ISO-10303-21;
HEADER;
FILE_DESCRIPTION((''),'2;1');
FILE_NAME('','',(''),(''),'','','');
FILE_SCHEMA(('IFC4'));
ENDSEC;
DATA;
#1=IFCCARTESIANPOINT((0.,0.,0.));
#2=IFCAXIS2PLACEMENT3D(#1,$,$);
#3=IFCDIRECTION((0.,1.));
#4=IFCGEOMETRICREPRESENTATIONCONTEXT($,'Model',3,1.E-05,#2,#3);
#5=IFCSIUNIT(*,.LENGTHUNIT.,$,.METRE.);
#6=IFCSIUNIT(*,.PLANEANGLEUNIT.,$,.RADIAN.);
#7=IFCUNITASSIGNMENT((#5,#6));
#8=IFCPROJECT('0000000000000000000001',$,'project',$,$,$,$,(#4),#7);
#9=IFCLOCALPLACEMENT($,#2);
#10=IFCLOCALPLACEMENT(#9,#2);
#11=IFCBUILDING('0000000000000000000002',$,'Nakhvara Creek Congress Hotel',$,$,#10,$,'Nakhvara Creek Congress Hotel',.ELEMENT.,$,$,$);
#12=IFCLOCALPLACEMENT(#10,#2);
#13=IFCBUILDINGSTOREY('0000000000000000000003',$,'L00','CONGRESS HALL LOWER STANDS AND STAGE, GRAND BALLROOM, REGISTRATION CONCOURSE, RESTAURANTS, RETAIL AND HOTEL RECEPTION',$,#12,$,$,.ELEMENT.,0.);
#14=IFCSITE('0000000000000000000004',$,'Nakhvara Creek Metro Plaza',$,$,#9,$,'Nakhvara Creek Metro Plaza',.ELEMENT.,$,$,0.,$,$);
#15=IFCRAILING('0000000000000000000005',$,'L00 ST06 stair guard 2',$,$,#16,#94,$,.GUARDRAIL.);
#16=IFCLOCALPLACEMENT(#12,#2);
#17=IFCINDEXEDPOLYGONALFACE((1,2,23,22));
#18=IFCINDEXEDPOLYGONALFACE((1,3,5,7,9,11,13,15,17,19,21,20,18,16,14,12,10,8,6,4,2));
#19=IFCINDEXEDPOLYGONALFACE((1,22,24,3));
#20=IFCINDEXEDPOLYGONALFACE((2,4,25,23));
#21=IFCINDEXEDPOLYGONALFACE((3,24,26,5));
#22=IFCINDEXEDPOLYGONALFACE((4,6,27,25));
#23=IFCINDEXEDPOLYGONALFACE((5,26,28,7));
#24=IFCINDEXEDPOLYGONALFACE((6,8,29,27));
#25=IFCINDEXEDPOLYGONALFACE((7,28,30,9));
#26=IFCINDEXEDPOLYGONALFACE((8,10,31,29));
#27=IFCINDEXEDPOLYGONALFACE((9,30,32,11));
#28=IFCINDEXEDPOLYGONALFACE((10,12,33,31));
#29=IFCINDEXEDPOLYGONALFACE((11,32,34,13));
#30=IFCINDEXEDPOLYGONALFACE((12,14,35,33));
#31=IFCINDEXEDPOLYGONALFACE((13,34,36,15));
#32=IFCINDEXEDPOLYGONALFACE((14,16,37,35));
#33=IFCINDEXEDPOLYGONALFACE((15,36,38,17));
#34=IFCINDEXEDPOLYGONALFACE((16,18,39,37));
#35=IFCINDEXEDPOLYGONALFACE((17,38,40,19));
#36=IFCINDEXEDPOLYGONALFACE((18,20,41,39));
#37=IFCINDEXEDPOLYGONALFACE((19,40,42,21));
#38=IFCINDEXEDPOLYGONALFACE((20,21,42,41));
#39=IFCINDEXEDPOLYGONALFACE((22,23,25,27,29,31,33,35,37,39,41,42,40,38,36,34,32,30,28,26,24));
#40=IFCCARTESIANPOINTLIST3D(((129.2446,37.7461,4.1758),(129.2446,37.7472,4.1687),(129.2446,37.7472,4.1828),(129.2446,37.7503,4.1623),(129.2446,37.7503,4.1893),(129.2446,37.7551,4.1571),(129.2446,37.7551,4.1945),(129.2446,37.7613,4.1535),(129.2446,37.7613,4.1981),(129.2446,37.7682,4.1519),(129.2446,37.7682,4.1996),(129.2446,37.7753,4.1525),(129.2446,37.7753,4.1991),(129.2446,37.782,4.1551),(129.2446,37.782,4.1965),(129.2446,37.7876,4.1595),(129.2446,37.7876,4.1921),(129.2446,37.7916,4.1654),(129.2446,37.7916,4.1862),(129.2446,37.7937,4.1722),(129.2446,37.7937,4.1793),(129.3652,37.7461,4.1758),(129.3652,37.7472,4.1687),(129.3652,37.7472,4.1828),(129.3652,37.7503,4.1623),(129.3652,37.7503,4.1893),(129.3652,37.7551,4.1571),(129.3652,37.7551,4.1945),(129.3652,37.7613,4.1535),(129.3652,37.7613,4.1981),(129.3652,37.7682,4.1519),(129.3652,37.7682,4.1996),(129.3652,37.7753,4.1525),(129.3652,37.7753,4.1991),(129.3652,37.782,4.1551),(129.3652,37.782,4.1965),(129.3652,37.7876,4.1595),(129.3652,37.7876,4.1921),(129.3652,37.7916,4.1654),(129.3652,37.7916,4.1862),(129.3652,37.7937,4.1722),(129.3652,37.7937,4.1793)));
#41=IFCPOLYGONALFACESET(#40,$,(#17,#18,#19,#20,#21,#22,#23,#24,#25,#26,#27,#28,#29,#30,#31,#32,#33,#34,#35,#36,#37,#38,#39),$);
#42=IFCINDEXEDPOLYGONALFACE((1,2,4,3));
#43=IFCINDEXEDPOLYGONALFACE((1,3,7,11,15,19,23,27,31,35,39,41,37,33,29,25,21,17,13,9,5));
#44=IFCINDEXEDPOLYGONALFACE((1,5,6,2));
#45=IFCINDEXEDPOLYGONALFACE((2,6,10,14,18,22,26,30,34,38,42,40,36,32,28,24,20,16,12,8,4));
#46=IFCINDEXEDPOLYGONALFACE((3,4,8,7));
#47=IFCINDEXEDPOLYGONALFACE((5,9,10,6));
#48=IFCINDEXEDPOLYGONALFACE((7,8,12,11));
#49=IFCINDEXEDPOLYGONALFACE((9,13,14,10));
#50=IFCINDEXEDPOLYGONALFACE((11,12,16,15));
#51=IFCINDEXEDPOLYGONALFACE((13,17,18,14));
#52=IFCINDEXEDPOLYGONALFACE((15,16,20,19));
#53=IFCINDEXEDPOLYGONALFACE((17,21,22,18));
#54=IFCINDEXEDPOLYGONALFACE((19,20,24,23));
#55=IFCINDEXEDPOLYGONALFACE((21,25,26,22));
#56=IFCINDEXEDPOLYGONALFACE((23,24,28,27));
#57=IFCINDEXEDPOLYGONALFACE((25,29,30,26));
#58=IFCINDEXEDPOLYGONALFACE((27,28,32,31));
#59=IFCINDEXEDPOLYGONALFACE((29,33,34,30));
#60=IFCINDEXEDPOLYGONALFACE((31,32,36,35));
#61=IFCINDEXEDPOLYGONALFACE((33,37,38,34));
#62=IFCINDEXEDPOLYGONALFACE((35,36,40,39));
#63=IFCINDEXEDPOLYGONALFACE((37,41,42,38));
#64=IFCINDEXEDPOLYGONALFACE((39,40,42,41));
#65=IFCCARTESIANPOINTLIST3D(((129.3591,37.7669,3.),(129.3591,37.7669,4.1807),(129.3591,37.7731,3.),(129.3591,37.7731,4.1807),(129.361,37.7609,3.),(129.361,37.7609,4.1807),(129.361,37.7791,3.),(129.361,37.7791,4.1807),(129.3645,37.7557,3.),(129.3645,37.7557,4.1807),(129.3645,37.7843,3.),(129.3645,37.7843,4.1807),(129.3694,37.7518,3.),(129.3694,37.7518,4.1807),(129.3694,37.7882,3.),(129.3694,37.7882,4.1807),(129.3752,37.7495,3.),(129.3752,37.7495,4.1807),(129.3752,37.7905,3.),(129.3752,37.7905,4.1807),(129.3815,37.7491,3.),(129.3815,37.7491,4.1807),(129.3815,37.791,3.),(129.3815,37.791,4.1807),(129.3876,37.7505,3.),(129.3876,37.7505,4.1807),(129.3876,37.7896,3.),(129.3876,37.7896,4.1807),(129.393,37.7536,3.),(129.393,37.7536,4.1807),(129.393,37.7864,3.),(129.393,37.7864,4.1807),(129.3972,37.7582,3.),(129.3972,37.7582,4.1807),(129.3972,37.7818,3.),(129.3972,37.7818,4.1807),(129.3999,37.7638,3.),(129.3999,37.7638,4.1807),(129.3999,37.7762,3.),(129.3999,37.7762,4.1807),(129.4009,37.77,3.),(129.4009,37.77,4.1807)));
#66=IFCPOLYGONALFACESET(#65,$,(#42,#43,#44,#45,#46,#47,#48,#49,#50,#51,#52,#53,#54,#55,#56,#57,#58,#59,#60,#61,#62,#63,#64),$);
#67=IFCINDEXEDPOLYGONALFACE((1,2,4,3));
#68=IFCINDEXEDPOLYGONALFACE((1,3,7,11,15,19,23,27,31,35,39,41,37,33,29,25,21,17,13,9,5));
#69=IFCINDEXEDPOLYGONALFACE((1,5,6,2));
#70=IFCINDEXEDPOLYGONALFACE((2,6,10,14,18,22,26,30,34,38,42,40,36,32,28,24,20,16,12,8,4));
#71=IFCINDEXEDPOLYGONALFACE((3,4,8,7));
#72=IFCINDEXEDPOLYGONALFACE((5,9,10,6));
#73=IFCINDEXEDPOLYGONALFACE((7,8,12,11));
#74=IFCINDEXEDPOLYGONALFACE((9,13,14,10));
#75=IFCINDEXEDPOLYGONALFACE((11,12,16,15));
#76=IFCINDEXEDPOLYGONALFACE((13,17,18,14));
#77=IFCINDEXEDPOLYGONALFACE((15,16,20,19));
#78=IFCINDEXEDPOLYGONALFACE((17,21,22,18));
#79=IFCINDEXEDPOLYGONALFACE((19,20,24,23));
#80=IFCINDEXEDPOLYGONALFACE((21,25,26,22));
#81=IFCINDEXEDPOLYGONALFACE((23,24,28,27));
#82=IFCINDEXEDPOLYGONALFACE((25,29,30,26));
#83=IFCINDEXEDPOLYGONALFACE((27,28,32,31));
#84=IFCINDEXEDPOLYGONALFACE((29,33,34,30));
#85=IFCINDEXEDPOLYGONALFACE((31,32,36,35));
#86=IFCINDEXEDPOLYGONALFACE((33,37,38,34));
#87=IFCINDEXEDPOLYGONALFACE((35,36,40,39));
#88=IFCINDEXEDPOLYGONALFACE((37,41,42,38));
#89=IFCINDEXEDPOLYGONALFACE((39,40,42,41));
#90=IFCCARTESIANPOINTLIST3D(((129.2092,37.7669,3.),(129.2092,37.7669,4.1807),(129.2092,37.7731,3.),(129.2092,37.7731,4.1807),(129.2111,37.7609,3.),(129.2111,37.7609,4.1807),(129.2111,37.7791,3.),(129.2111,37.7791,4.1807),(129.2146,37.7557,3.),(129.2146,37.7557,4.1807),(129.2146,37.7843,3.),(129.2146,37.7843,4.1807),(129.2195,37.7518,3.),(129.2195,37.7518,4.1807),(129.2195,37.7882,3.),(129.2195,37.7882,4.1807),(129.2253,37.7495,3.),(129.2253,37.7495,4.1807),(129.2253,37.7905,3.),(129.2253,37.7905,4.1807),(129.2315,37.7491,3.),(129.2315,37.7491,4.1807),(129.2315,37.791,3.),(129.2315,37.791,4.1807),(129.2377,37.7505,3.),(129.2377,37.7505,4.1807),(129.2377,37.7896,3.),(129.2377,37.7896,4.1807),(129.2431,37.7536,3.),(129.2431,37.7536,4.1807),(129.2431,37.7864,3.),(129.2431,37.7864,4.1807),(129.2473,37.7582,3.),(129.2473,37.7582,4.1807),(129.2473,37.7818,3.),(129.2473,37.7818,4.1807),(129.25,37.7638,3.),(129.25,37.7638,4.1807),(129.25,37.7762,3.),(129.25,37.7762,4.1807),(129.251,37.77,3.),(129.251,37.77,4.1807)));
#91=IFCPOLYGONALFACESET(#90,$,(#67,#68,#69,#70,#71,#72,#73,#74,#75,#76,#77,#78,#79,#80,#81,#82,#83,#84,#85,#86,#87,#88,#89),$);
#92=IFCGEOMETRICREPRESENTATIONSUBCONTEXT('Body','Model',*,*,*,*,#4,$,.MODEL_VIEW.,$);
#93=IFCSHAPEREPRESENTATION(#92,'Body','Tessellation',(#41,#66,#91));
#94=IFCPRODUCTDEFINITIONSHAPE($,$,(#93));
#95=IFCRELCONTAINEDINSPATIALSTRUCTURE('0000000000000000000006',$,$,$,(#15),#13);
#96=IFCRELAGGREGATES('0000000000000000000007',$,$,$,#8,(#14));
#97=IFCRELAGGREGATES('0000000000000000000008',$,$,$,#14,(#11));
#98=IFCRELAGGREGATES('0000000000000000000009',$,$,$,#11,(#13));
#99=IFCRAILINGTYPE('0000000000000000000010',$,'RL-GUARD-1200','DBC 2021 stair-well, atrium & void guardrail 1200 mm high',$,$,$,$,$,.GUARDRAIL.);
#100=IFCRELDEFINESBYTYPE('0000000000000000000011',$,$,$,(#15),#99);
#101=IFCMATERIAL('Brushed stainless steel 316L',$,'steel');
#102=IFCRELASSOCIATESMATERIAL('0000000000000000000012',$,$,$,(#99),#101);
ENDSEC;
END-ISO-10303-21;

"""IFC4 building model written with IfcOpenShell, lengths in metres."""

from ifc_helpers import new_model, si_unit, direction, frame, origin, origin_2d, place, context, subcontext, project, spatial, circle, extrude, material, type_object, element, save


model = new_model("IFC4")

# Units and contexts
model_context = context("Model", 3, precision=1e-05, world=origin(), true_north=direction((0.0, 1.0)))
body_context = subcontext(model_context, "Body", "Model", "MODEL_VIEW")
ifc_project = project(units=[si_unit("LENGTHUNIT", "METRE"), si_unit("PLANEANGLEUNIT", "RADIAN")], contexts=[model_context])

# Site, building, storey
site_placement = place(None, origin())
site = spatial("IfcSite", under=ifc_project, at=site_placement, Name="Nakhvara Creek Metro Plaza", LongName="Nakhvara Creek Metro Plaza", CompositionType="ELEMENT", RefElevation=0.0)
building_placement = place(site_placement, origin())
building = spatial("IfcBuilding", under=site, at=building_placement, Name="Nakhvara Creek Congress Hotel", LongName="Nakhvara Creek Congress Hotel", CompositionType="ELEMENT")
storey_placement = place(building_placement, origin())
storey = spatial("IfcBuildingStorey", under=building, at=storey_placement, Name="L00", Description="CONGRESS HALL LOWER STANDS AND STAGE, GRAND BALLROOM, REGISTRATION CONCOURSE, RESTAURANTS, RETAIL AND HOTEL RECEPTION", CompositionType="ELEMENT", Elevation=0.0)

# Railing
ifc_material_1 = material(Name="Brushed stainless steel 316L", Category="steel")
railing_type_1 = type_object("IfcRailingType", Name="RL-GUARD-1200", Description="DBC 2021 stair-well, atrium & void guardrail 1200 mm high", PredefinedType="GUARDRAIL", material=ifc_material_1)
railing_1_placement = place(storey_placement, frame((129.3799, 37.77, 3.0)))
element("IfcRailing", 1, at=railing_1_placement, inside=storey, type_object=railing_type_1, Name="L00 ST06 stair guard 2", PredefinedType="GUARDRAIL", context=body_context, shape_type="SweptSolid", body=[
    extrude(circle(Radius=0.0239, at=origin_2d()), frame((-0.0146, 0.0, 1.1758), z_axis=(-1.0, 0.0, 0.0), x_axis=(0.0, -1.0, 0.0)), (0.0, 0.0, 1.0), 0.1206),
    extrude(circle(Radius=0.021, at=origin_2d()), origin(), (0.0, 0.0, 1.0), 1.1807),
    extrude(circle(Radius=0.021, at=origin_2d()), frame((-0.1499, 0.0, 0.0)), (0.0, 0.0, 1.0), 1.1807),
])

save(model, "model.ifc")
